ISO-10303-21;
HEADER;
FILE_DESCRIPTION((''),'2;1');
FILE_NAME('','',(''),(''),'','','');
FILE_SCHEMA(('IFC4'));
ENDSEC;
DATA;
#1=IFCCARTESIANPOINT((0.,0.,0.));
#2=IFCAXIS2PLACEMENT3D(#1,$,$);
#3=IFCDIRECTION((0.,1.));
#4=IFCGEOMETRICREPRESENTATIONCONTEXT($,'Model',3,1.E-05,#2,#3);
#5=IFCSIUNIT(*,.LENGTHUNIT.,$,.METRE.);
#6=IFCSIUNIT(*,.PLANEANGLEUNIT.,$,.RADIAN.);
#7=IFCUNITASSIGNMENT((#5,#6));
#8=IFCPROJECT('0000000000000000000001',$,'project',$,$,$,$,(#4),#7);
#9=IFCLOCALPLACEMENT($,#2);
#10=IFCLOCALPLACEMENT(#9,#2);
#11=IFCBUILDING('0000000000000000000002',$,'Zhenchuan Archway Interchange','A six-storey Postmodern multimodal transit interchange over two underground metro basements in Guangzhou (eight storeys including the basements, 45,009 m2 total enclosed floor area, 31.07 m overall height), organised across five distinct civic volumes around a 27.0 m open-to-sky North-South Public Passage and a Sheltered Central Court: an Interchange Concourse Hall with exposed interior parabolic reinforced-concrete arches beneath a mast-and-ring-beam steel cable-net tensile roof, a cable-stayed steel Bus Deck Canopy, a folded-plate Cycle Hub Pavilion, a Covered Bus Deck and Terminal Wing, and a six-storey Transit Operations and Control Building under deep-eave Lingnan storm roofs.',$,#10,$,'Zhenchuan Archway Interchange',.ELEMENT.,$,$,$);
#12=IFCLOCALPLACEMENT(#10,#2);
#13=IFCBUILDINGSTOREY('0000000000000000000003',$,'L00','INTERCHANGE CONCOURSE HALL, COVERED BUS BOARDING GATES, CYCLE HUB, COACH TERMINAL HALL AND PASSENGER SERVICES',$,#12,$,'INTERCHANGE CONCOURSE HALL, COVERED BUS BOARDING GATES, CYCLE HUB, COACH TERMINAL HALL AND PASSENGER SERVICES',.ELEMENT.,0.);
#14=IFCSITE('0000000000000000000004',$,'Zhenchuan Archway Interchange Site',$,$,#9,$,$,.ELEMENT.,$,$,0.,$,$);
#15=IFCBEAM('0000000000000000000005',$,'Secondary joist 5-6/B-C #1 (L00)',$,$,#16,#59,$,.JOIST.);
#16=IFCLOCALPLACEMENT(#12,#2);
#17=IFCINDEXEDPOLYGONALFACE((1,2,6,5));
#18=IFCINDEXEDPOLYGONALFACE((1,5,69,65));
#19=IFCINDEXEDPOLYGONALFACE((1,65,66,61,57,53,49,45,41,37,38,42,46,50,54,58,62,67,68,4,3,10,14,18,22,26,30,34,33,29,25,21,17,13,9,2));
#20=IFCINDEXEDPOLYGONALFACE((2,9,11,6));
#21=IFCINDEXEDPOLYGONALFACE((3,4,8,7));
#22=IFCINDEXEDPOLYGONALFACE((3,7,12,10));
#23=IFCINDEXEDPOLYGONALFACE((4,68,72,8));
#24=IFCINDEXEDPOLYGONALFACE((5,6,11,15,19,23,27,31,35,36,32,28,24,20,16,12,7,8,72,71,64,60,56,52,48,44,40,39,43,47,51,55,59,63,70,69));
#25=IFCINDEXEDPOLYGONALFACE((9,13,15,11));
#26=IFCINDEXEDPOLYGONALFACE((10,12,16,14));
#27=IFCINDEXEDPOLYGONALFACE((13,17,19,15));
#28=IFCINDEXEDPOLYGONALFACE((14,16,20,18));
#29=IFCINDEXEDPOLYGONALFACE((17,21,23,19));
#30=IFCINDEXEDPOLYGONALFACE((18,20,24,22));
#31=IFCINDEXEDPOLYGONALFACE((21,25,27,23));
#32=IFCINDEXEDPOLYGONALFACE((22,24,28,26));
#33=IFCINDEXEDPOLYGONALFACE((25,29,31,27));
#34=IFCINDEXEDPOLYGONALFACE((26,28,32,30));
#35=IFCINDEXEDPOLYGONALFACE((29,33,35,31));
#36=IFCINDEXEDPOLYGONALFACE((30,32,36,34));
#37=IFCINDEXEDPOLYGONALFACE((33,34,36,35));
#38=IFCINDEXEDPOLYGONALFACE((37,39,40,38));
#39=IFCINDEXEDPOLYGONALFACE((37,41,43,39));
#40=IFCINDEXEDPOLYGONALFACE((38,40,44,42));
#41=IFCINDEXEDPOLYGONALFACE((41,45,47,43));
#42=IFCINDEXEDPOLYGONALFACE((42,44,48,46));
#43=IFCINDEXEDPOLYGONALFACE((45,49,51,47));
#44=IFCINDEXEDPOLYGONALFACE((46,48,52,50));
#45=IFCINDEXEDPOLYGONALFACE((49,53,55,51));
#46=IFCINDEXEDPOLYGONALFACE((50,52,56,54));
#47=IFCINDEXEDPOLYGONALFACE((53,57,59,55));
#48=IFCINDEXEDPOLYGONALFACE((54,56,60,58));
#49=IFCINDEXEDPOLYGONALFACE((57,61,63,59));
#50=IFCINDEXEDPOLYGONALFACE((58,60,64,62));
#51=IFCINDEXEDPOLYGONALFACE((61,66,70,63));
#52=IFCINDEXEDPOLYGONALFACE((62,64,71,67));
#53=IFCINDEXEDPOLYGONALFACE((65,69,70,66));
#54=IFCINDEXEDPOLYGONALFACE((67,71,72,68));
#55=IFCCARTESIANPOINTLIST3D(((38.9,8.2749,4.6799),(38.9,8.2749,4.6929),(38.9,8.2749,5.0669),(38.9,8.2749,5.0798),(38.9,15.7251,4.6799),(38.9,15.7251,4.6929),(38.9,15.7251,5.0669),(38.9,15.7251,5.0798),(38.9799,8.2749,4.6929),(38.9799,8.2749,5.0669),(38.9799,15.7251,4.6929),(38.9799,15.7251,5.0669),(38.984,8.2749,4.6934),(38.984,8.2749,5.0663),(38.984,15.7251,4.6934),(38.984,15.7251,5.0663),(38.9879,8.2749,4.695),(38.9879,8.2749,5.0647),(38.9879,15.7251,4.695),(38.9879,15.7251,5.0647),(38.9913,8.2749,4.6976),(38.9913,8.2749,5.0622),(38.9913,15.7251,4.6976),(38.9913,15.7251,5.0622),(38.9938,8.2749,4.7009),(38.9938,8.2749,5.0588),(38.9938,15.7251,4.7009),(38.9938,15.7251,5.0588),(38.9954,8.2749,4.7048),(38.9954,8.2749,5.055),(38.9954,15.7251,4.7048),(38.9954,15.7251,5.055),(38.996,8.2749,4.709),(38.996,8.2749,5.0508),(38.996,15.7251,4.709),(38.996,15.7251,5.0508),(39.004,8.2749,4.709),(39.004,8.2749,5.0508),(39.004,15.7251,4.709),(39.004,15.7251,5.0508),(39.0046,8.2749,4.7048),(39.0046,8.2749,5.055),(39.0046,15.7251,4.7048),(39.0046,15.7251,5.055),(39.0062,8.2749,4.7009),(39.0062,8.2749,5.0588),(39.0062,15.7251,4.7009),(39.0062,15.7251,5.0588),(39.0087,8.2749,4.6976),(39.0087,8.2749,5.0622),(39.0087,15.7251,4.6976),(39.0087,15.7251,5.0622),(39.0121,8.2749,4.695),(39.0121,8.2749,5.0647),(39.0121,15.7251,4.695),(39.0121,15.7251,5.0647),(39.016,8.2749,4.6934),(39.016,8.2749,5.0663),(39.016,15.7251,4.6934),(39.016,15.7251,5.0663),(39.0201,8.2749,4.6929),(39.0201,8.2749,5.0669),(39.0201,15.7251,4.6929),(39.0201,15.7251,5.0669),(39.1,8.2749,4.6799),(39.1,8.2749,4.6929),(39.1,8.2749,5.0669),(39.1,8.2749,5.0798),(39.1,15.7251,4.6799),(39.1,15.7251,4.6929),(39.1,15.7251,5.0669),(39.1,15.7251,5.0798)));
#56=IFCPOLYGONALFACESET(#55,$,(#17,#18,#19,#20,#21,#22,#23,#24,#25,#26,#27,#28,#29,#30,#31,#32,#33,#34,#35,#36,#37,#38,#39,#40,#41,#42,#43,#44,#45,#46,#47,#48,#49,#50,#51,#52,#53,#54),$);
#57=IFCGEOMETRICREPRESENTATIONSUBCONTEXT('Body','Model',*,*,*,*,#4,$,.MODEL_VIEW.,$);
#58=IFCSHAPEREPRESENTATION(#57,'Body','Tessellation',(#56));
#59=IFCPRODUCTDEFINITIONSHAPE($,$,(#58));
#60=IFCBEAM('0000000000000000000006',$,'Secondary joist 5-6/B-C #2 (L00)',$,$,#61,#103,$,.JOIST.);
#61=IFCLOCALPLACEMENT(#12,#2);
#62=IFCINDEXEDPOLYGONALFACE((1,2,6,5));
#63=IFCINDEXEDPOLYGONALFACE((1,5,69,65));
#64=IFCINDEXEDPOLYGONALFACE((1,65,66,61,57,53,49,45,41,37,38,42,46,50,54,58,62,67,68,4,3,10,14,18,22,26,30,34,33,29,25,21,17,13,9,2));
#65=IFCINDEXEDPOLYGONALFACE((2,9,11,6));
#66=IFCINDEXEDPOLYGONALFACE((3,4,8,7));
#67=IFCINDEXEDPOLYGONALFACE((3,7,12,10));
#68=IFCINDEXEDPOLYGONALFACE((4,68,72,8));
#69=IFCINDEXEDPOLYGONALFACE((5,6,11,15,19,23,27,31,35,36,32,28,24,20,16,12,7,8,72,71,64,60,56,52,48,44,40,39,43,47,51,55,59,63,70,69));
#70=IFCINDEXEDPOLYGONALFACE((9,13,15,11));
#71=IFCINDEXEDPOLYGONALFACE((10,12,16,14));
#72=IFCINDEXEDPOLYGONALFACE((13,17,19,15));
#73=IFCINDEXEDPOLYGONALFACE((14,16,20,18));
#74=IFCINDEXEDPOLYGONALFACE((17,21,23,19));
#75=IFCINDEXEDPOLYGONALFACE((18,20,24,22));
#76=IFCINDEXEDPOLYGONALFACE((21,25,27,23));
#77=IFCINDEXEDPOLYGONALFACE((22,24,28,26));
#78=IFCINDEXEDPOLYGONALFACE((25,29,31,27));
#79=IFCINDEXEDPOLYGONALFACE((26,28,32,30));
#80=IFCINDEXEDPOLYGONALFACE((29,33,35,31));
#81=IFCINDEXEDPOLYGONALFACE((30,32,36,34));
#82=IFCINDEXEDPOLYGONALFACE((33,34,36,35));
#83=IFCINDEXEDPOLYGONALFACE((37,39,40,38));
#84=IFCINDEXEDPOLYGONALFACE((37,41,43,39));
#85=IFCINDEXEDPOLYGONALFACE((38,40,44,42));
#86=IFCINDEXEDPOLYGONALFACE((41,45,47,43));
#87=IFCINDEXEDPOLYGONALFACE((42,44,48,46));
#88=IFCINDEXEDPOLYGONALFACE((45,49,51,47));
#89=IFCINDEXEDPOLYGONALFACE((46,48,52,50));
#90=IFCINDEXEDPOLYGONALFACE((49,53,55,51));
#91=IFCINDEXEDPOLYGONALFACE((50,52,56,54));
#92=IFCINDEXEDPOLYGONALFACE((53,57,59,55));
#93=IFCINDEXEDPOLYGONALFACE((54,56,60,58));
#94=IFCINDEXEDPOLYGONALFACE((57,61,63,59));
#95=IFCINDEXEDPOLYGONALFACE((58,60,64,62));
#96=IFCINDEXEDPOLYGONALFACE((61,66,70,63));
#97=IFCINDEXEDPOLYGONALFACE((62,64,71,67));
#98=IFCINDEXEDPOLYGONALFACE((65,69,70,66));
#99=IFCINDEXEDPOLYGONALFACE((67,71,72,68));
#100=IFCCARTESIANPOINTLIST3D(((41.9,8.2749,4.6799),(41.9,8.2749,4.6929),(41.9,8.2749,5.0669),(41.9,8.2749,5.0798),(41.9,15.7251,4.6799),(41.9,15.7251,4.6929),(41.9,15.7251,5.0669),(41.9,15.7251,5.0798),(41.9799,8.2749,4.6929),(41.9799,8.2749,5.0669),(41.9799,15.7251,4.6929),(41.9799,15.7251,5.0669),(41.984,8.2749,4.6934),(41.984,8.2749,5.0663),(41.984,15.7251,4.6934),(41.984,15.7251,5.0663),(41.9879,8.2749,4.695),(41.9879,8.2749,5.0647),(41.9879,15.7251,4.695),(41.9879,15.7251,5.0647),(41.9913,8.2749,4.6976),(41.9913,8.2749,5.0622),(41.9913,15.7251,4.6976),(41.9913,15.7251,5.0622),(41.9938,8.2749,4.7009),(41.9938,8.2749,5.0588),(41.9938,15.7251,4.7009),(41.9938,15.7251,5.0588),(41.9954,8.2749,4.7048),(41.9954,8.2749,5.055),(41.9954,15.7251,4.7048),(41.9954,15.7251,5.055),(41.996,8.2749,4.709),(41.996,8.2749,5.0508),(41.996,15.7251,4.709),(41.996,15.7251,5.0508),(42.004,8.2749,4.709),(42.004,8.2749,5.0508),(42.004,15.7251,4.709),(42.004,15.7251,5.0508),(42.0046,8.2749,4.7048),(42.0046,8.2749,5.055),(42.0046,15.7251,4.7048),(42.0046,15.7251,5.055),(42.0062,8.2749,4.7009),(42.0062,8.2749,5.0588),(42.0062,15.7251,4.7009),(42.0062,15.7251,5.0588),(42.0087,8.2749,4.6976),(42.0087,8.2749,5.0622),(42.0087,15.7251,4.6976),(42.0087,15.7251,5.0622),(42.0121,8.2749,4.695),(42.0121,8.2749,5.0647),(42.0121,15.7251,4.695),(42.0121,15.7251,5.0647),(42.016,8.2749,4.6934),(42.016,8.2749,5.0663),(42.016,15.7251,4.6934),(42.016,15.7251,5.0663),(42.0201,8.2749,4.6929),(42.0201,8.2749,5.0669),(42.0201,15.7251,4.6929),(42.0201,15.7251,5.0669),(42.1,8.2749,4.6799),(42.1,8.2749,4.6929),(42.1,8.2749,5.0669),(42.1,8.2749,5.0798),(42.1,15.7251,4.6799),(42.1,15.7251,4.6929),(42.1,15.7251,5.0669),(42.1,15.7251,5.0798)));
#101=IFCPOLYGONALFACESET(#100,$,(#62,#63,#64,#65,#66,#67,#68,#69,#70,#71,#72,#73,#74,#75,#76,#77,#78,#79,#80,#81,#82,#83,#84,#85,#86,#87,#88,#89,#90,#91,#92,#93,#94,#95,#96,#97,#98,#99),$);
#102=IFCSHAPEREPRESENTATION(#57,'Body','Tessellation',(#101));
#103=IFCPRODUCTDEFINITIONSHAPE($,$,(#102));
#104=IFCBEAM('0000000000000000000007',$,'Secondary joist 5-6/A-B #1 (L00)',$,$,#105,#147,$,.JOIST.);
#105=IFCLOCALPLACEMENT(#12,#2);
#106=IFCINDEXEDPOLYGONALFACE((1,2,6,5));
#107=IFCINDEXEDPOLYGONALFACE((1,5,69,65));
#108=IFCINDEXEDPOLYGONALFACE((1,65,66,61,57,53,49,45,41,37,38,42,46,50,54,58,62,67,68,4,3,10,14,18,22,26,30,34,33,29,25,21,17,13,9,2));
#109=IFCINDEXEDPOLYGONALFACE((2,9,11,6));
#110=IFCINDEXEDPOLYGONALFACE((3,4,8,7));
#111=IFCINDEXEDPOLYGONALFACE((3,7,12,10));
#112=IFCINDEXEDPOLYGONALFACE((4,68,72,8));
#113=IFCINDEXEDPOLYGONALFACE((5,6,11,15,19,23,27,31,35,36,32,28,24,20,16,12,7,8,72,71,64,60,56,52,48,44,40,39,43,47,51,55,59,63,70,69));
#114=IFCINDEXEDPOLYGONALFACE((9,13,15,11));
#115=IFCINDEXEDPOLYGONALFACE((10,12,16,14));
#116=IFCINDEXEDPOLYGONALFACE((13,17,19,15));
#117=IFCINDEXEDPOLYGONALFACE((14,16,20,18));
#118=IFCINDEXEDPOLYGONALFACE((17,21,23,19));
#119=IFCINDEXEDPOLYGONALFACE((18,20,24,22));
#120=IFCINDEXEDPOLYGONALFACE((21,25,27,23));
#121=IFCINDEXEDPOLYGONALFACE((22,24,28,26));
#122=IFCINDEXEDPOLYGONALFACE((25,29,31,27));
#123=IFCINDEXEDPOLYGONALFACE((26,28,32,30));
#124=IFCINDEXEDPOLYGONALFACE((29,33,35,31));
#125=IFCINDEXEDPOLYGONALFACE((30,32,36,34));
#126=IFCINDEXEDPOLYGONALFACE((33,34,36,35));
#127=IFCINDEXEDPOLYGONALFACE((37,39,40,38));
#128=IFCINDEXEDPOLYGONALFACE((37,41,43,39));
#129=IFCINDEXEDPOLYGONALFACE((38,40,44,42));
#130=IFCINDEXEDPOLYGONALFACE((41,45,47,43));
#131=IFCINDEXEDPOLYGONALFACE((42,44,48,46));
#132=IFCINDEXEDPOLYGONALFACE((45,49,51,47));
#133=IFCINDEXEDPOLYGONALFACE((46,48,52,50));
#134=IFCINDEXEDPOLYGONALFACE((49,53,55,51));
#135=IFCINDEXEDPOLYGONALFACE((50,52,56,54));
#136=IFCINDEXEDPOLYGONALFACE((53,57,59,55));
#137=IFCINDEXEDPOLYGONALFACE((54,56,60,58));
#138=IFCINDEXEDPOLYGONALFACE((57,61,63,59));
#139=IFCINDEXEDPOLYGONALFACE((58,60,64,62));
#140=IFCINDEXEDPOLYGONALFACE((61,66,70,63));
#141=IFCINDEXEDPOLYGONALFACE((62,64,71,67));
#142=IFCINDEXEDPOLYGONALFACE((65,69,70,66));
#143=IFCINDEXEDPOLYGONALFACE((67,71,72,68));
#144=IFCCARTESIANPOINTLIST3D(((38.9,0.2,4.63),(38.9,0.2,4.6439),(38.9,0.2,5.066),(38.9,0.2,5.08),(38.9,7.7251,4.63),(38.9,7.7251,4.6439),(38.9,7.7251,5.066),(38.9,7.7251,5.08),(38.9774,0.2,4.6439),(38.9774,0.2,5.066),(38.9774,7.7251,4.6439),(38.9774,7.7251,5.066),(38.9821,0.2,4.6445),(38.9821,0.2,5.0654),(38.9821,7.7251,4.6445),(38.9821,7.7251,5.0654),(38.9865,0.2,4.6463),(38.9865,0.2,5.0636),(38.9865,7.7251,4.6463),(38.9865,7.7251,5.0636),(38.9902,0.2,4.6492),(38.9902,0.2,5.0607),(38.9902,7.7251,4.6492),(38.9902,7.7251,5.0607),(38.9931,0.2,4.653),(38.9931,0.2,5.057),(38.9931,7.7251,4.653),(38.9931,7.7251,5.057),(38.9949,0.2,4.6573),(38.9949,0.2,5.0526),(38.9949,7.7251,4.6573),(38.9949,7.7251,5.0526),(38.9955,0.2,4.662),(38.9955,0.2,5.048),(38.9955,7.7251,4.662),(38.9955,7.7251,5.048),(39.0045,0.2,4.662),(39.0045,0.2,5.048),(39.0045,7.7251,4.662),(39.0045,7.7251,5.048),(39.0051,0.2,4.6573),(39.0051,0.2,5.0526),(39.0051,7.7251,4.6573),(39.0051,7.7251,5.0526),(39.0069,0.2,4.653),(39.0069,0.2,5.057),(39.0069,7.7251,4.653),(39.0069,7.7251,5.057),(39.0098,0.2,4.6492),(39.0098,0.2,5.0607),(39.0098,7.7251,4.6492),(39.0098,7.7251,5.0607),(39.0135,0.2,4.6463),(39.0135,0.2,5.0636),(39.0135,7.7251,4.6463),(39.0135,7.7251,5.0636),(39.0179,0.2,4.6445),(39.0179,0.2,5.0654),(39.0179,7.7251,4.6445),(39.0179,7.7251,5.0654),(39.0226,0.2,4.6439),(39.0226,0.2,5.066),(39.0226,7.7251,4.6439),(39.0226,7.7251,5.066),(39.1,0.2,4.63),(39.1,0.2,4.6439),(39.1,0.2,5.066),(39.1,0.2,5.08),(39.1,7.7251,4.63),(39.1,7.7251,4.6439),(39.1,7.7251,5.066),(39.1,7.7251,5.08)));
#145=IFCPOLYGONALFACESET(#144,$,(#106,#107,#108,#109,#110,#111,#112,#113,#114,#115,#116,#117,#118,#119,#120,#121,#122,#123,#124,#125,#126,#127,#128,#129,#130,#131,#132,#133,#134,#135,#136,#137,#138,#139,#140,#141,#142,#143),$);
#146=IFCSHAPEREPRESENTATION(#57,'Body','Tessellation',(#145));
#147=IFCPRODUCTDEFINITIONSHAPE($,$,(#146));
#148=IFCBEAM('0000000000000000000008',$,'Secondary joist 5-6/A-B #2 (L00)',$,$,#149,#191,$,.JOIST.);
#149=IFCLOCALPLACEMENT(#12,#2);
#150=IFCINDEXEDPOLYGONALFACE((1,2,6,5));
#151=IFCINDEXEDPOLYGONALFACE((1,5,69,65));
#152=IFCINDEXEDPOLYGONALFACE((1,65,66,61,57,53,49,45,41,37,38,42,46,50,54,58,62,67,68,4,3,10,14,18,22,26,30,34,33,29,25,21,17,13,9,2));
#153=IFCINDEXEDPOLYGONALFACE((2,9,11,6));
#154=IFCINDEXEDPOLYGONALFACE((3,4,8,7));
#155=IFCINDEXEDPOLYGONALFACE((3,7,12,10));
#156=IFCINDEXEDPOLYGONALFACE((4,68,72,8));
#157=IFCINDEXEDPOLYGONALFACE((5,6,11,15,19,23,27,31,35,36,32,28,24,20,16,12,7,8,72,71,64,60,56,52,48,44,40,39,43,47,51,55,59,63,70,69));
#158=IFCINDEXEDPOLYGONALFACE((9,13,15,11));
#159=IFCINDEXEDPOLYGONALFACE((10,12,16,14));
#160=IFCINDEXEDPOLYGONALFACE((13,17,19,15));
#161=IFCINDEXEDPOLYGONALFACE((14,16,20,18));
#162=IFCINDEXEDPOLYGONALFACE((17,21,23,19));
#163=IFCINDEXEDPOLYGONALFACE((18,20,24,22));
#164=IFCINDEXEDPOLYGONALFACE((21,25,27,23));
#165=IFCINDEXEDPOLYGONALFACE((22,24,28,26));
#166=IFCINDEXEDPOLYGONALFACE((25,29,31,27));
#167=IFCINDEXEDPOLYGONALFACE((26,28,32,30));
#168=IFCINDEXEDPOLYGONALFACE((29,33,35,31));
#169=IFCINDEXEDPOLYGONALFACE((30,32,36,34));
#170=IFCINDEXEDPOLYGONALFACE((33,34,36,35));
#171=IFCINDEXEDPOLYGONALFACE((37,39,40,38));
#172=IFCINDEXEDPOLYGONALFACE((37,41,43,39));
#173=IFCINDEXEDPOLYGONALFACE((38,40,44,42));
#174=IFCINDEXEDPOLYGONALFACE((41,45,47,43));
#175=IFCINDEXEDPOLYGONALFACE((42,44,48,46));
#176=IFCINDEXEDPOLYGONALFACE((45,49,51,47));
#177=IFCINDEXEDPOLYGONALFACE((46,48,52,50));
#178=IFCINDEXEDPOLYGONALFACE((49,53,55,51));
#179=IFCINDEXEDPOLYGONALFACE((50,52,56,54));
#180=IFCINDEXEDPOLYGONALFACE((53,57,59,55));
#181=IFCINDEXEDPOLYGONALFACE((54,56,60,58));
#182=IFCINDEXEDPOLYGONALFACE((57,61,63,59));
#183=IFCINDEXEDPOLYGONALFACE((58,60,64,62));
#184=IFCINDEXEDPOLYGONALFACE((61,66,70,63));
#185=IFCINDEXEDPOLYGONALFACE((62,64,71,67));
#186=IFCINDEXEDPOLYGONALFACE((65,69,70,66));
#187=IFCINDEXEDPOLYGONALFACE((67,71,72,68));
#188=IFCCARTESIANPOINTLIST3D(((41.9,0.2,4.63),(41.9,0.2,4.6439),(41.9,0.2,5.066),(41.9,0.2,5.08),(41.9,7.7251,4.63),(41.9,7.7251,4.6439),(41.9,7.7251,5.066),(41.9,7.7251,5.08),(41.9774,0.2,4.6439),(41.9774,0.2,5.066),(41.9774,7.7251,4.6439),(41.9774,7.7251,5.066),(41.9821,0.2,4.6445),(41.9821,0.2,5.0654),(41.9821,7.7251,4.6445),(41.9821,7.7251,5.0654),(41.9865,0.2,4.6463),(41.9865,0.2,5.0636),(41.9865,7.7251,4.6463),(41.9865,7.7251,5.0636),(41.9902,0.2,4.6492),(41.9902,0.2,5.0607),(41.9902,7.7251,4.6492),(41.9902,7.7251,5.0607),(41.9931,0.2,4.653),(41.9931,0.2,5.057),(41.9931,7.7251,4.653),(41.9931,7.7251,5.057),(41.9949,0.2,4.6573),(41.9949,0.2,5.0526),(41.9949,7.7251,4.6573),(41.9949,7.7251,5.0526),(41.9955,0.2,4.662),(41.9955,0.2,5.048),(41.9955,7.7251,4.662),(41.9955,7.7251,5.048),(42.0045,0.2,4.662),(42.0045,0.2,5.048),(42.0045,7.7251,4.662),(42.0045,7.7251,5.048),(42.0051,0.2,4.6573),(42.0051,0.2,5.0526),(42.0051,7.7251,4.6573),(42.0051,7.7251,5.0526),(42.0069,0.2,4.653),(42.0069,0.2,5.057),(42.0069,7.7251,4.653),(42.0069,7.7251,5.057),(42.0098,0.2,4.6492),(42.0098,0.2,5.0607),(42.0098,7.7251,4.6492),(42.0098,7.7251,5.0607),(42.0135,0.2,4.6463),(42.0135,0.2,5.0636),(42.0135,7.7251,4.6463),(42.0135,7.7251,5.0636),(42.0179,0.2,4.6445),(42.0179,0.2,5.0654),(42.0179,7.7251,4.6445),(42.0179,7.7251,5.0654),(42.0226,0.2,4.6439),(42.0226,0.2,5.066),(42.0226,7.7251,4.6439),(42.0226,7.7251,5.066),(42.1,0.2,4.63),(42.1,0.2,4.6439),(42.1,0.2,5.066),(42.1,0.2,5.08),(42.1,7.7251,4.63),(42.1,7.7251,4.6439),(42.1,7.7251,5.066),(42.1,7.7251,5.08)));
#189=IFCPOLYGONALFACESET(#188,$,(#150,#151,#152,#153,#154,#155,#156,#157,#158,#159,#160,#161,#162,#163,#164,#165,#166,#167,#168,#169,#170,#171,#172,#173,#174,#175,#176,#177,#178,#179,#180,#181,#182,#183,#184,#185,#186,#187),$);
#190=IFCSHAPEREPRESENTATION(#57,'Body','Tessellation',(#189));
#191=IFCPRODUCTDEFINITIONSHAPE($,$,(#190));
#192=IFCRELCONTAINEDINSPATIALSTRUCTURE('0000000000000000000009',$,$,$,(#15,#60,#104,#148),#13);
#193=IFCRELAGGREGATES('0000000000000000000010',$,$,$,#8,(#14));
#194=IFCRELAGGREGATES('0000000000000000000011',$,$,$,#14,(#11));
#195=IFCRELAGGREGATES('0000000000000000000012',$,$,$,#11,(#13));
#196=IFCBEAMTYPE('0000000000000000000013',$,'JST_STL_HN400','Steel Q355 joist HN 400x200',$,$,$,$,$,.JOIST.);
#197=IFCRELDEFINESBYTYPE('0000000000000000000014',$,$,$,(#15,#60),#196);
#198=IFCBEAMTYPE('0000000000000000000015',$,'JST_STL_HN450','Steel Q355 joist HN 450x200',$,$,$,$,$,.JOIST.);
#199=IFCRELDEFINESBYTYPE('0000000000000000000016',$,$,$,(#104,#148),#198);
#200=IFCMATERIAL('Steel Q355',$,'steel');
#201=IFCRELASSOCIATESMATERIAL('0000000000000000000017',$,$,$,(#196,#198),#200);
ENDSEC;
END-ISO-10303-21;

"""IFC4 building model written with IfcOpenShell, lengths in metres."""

from ifc_helpers import new_model, si_unit, direction, frame, origin, origin_2d, place, context, subcontext, project, spatial, i_section, extrude, material, material_profile, profile_set, type_object, element, save


model = new_model("IFC4")

# Units and contexts
model_context = context("Model", 3, precision=1e-05, world=origin(), true_north=direction((0.0, 1.0)))
body_context = subcontext(model_context, "Body", "Model", "MODEL_VIEW")
ifc_project = project(units=[si_unit("LENGTHUNIT", "METRE"), si_unit("PLANEANGLEUNIT", "RADIAN")], contexts=[model_context])

# Site, building, storey
site_placement = place(None, origin())
site = spatial("IfcSite", under=ifc_project, at=site_placement, Name="Zhenchuan Archway Interchange Site", CompositionType="ELEMENT", RefElevation=0.0)
building_placement = place(site_placement, origin())
building = spatial("IfcBuilding", under=site, at=building_placement, Name="Zhenchuan Archway Interchange", Description="A six-storey Postmodern multimodal transit interchange over two underground metro basements in Guangzhou (eight storeys including the basements, 45,009 m2 total enclosed floor area, 31.07 m overall height), organised across five distinct civic volumes around a 27.0 m open-to-sky North-South Public Passage and a Sheltered Central Court: an Interchange Concourse Hall with exposed interior parabolic reinforced-concrete arches beneath a mast-and-ring-beam steel cable-net tensile roof, a cable-stayed steel Bus Deck Canopy, a folded-plate Cycle Hub Pavilion, a Covered Bus Deck and Terminal Wing, and a six-storey Transit Operations and Control Building under deep-eave Lingnan storm roofs.", LongName="Zhenchuan Archway Interchange", CompositionType="ELEMENT")
storey_placement = place(building_placement, origin())
storey = spatial("IfcBuildingStorey", under=building, at=storey_placement, Name="L00", Description="INTERCHANGE CONCOURSE HALL, COVERED BUS BOARDING GATES, CYCLE HUB, COACH TERMINAL HALL AND PASSENGER SERVICES", LongName="INTERCHANGE CONCOURSE HALL, COVERED BUS BOARDING GATES, CYCLE HUB, COACH TERMINAL HALL AND PASSENGER SERVICES", CompositionType="ELEMENT", Elevation=0.0)

# Beams
ifc_material_1 = material(Name="Steel Q355", Category="steel")
ifc_material_profile_1 = material_profile(ifc_material_1, i_section(OverallWidth=0.2, OverallDepth=0.3999, WebThickness=0.0081, FlangeThickness=0.0129, FilletRadius=0.0161, at=origin_2d()), Name="HN 400x200")
ifc_profile_set_1 = profile_set([ifc_material_profile_1], Name="Steel Q355")
beam_type_1 = type_object("IfcBeamType", Name="JST_STL_HN400", Description="Steel Q355 joist HN 400x200", PredefinedType="JOIST", material=ifc_profile_set_1)
for number, where, z_axis, x_axis, name in (
    (1, (39.0, 8.2749, 4.8799), (0.0, 1.0, 0.0), (-1.0, 0.0, 0.0), "Secondary joist 5-6/B-C #1 (L00)"),
    (2, (42.0, 8.2749, 4.8799), (0.0, 1.0, 0.0), (-1.0, 0.0, 0.0), "Secondary joist 5-6/B-C #2 (L00)"),
):
    element("IfcBeam", number, at=place(storey_placement, frame(where, z_axis=z_axis, x_axis=x_axis)), inside=storey, type_object=beam_type_1, Name=name, PredefinedType="JOIST", context=body_context, shape_type="SweptSolid", body=[
        extrude(i_section(OverallWidth=0.2, OverallDepth=0.3999, WebThickness=0.0081, FlangeThickness=0.0129, FilletRadius=0.0161, at=origin_2d()), origin(), (0.0, 0.0, 1.0), 7.4502),
    ])
ifc_material_profile_2 = material_profile(ifc_material_1, i_section(OverallWidth=0.2, OverallDepth=0.45, WebThickness=0.009, FlangeThickness=0.0139, FilletRadius=0.0181, at=origin_2d()), Name="HN 450x200")
ifc_profile_set_2 = profile_set([ifc_material_profile_2], Name="Steel Q355")
beam_type_2 = type_object("IfcBeamType", Name="JST_STL_HN450", Description="Steel Q355 joist HN 450x200", PredefinedType="JOIST", material=ifc_profile_set_2)
for number, where, z_axis, x_axis, name in (
    (3, (39.0, 0.2, 4.855), (0.0, 1.0, 0.0), (-1.0, 0.0, 0.0), "Secondary joist 5-6/A-B #1 (L00)"),
    (4, (42.0, 0.2, 4.855), (0.0, 1.0, 0.0), (-1.0, 0.0, 0.0), "Secondary joist 5-6/A-B #2 (L00)"),
):
    element("IfcBeam", number, at=place(storey_placement, frame(where, z_axis=z_axis, x_axis=x_axis)), inside=storey, type_object=beam_type_2, Name=name, PredefinedType="JOIST", context=body_context, shape_type="SweptSolid", body=[
        extrude(i_section(OverallWidth=0.2, OverallDepth=0.45, WebThickness=0.009, FlangeThickness=0.0139, FilletRadius=0.0181, at=origin_2d()), origin(), (0.0, 0.0, 1.0), 7.5251),
    ])

save(model, "model.ifc")
